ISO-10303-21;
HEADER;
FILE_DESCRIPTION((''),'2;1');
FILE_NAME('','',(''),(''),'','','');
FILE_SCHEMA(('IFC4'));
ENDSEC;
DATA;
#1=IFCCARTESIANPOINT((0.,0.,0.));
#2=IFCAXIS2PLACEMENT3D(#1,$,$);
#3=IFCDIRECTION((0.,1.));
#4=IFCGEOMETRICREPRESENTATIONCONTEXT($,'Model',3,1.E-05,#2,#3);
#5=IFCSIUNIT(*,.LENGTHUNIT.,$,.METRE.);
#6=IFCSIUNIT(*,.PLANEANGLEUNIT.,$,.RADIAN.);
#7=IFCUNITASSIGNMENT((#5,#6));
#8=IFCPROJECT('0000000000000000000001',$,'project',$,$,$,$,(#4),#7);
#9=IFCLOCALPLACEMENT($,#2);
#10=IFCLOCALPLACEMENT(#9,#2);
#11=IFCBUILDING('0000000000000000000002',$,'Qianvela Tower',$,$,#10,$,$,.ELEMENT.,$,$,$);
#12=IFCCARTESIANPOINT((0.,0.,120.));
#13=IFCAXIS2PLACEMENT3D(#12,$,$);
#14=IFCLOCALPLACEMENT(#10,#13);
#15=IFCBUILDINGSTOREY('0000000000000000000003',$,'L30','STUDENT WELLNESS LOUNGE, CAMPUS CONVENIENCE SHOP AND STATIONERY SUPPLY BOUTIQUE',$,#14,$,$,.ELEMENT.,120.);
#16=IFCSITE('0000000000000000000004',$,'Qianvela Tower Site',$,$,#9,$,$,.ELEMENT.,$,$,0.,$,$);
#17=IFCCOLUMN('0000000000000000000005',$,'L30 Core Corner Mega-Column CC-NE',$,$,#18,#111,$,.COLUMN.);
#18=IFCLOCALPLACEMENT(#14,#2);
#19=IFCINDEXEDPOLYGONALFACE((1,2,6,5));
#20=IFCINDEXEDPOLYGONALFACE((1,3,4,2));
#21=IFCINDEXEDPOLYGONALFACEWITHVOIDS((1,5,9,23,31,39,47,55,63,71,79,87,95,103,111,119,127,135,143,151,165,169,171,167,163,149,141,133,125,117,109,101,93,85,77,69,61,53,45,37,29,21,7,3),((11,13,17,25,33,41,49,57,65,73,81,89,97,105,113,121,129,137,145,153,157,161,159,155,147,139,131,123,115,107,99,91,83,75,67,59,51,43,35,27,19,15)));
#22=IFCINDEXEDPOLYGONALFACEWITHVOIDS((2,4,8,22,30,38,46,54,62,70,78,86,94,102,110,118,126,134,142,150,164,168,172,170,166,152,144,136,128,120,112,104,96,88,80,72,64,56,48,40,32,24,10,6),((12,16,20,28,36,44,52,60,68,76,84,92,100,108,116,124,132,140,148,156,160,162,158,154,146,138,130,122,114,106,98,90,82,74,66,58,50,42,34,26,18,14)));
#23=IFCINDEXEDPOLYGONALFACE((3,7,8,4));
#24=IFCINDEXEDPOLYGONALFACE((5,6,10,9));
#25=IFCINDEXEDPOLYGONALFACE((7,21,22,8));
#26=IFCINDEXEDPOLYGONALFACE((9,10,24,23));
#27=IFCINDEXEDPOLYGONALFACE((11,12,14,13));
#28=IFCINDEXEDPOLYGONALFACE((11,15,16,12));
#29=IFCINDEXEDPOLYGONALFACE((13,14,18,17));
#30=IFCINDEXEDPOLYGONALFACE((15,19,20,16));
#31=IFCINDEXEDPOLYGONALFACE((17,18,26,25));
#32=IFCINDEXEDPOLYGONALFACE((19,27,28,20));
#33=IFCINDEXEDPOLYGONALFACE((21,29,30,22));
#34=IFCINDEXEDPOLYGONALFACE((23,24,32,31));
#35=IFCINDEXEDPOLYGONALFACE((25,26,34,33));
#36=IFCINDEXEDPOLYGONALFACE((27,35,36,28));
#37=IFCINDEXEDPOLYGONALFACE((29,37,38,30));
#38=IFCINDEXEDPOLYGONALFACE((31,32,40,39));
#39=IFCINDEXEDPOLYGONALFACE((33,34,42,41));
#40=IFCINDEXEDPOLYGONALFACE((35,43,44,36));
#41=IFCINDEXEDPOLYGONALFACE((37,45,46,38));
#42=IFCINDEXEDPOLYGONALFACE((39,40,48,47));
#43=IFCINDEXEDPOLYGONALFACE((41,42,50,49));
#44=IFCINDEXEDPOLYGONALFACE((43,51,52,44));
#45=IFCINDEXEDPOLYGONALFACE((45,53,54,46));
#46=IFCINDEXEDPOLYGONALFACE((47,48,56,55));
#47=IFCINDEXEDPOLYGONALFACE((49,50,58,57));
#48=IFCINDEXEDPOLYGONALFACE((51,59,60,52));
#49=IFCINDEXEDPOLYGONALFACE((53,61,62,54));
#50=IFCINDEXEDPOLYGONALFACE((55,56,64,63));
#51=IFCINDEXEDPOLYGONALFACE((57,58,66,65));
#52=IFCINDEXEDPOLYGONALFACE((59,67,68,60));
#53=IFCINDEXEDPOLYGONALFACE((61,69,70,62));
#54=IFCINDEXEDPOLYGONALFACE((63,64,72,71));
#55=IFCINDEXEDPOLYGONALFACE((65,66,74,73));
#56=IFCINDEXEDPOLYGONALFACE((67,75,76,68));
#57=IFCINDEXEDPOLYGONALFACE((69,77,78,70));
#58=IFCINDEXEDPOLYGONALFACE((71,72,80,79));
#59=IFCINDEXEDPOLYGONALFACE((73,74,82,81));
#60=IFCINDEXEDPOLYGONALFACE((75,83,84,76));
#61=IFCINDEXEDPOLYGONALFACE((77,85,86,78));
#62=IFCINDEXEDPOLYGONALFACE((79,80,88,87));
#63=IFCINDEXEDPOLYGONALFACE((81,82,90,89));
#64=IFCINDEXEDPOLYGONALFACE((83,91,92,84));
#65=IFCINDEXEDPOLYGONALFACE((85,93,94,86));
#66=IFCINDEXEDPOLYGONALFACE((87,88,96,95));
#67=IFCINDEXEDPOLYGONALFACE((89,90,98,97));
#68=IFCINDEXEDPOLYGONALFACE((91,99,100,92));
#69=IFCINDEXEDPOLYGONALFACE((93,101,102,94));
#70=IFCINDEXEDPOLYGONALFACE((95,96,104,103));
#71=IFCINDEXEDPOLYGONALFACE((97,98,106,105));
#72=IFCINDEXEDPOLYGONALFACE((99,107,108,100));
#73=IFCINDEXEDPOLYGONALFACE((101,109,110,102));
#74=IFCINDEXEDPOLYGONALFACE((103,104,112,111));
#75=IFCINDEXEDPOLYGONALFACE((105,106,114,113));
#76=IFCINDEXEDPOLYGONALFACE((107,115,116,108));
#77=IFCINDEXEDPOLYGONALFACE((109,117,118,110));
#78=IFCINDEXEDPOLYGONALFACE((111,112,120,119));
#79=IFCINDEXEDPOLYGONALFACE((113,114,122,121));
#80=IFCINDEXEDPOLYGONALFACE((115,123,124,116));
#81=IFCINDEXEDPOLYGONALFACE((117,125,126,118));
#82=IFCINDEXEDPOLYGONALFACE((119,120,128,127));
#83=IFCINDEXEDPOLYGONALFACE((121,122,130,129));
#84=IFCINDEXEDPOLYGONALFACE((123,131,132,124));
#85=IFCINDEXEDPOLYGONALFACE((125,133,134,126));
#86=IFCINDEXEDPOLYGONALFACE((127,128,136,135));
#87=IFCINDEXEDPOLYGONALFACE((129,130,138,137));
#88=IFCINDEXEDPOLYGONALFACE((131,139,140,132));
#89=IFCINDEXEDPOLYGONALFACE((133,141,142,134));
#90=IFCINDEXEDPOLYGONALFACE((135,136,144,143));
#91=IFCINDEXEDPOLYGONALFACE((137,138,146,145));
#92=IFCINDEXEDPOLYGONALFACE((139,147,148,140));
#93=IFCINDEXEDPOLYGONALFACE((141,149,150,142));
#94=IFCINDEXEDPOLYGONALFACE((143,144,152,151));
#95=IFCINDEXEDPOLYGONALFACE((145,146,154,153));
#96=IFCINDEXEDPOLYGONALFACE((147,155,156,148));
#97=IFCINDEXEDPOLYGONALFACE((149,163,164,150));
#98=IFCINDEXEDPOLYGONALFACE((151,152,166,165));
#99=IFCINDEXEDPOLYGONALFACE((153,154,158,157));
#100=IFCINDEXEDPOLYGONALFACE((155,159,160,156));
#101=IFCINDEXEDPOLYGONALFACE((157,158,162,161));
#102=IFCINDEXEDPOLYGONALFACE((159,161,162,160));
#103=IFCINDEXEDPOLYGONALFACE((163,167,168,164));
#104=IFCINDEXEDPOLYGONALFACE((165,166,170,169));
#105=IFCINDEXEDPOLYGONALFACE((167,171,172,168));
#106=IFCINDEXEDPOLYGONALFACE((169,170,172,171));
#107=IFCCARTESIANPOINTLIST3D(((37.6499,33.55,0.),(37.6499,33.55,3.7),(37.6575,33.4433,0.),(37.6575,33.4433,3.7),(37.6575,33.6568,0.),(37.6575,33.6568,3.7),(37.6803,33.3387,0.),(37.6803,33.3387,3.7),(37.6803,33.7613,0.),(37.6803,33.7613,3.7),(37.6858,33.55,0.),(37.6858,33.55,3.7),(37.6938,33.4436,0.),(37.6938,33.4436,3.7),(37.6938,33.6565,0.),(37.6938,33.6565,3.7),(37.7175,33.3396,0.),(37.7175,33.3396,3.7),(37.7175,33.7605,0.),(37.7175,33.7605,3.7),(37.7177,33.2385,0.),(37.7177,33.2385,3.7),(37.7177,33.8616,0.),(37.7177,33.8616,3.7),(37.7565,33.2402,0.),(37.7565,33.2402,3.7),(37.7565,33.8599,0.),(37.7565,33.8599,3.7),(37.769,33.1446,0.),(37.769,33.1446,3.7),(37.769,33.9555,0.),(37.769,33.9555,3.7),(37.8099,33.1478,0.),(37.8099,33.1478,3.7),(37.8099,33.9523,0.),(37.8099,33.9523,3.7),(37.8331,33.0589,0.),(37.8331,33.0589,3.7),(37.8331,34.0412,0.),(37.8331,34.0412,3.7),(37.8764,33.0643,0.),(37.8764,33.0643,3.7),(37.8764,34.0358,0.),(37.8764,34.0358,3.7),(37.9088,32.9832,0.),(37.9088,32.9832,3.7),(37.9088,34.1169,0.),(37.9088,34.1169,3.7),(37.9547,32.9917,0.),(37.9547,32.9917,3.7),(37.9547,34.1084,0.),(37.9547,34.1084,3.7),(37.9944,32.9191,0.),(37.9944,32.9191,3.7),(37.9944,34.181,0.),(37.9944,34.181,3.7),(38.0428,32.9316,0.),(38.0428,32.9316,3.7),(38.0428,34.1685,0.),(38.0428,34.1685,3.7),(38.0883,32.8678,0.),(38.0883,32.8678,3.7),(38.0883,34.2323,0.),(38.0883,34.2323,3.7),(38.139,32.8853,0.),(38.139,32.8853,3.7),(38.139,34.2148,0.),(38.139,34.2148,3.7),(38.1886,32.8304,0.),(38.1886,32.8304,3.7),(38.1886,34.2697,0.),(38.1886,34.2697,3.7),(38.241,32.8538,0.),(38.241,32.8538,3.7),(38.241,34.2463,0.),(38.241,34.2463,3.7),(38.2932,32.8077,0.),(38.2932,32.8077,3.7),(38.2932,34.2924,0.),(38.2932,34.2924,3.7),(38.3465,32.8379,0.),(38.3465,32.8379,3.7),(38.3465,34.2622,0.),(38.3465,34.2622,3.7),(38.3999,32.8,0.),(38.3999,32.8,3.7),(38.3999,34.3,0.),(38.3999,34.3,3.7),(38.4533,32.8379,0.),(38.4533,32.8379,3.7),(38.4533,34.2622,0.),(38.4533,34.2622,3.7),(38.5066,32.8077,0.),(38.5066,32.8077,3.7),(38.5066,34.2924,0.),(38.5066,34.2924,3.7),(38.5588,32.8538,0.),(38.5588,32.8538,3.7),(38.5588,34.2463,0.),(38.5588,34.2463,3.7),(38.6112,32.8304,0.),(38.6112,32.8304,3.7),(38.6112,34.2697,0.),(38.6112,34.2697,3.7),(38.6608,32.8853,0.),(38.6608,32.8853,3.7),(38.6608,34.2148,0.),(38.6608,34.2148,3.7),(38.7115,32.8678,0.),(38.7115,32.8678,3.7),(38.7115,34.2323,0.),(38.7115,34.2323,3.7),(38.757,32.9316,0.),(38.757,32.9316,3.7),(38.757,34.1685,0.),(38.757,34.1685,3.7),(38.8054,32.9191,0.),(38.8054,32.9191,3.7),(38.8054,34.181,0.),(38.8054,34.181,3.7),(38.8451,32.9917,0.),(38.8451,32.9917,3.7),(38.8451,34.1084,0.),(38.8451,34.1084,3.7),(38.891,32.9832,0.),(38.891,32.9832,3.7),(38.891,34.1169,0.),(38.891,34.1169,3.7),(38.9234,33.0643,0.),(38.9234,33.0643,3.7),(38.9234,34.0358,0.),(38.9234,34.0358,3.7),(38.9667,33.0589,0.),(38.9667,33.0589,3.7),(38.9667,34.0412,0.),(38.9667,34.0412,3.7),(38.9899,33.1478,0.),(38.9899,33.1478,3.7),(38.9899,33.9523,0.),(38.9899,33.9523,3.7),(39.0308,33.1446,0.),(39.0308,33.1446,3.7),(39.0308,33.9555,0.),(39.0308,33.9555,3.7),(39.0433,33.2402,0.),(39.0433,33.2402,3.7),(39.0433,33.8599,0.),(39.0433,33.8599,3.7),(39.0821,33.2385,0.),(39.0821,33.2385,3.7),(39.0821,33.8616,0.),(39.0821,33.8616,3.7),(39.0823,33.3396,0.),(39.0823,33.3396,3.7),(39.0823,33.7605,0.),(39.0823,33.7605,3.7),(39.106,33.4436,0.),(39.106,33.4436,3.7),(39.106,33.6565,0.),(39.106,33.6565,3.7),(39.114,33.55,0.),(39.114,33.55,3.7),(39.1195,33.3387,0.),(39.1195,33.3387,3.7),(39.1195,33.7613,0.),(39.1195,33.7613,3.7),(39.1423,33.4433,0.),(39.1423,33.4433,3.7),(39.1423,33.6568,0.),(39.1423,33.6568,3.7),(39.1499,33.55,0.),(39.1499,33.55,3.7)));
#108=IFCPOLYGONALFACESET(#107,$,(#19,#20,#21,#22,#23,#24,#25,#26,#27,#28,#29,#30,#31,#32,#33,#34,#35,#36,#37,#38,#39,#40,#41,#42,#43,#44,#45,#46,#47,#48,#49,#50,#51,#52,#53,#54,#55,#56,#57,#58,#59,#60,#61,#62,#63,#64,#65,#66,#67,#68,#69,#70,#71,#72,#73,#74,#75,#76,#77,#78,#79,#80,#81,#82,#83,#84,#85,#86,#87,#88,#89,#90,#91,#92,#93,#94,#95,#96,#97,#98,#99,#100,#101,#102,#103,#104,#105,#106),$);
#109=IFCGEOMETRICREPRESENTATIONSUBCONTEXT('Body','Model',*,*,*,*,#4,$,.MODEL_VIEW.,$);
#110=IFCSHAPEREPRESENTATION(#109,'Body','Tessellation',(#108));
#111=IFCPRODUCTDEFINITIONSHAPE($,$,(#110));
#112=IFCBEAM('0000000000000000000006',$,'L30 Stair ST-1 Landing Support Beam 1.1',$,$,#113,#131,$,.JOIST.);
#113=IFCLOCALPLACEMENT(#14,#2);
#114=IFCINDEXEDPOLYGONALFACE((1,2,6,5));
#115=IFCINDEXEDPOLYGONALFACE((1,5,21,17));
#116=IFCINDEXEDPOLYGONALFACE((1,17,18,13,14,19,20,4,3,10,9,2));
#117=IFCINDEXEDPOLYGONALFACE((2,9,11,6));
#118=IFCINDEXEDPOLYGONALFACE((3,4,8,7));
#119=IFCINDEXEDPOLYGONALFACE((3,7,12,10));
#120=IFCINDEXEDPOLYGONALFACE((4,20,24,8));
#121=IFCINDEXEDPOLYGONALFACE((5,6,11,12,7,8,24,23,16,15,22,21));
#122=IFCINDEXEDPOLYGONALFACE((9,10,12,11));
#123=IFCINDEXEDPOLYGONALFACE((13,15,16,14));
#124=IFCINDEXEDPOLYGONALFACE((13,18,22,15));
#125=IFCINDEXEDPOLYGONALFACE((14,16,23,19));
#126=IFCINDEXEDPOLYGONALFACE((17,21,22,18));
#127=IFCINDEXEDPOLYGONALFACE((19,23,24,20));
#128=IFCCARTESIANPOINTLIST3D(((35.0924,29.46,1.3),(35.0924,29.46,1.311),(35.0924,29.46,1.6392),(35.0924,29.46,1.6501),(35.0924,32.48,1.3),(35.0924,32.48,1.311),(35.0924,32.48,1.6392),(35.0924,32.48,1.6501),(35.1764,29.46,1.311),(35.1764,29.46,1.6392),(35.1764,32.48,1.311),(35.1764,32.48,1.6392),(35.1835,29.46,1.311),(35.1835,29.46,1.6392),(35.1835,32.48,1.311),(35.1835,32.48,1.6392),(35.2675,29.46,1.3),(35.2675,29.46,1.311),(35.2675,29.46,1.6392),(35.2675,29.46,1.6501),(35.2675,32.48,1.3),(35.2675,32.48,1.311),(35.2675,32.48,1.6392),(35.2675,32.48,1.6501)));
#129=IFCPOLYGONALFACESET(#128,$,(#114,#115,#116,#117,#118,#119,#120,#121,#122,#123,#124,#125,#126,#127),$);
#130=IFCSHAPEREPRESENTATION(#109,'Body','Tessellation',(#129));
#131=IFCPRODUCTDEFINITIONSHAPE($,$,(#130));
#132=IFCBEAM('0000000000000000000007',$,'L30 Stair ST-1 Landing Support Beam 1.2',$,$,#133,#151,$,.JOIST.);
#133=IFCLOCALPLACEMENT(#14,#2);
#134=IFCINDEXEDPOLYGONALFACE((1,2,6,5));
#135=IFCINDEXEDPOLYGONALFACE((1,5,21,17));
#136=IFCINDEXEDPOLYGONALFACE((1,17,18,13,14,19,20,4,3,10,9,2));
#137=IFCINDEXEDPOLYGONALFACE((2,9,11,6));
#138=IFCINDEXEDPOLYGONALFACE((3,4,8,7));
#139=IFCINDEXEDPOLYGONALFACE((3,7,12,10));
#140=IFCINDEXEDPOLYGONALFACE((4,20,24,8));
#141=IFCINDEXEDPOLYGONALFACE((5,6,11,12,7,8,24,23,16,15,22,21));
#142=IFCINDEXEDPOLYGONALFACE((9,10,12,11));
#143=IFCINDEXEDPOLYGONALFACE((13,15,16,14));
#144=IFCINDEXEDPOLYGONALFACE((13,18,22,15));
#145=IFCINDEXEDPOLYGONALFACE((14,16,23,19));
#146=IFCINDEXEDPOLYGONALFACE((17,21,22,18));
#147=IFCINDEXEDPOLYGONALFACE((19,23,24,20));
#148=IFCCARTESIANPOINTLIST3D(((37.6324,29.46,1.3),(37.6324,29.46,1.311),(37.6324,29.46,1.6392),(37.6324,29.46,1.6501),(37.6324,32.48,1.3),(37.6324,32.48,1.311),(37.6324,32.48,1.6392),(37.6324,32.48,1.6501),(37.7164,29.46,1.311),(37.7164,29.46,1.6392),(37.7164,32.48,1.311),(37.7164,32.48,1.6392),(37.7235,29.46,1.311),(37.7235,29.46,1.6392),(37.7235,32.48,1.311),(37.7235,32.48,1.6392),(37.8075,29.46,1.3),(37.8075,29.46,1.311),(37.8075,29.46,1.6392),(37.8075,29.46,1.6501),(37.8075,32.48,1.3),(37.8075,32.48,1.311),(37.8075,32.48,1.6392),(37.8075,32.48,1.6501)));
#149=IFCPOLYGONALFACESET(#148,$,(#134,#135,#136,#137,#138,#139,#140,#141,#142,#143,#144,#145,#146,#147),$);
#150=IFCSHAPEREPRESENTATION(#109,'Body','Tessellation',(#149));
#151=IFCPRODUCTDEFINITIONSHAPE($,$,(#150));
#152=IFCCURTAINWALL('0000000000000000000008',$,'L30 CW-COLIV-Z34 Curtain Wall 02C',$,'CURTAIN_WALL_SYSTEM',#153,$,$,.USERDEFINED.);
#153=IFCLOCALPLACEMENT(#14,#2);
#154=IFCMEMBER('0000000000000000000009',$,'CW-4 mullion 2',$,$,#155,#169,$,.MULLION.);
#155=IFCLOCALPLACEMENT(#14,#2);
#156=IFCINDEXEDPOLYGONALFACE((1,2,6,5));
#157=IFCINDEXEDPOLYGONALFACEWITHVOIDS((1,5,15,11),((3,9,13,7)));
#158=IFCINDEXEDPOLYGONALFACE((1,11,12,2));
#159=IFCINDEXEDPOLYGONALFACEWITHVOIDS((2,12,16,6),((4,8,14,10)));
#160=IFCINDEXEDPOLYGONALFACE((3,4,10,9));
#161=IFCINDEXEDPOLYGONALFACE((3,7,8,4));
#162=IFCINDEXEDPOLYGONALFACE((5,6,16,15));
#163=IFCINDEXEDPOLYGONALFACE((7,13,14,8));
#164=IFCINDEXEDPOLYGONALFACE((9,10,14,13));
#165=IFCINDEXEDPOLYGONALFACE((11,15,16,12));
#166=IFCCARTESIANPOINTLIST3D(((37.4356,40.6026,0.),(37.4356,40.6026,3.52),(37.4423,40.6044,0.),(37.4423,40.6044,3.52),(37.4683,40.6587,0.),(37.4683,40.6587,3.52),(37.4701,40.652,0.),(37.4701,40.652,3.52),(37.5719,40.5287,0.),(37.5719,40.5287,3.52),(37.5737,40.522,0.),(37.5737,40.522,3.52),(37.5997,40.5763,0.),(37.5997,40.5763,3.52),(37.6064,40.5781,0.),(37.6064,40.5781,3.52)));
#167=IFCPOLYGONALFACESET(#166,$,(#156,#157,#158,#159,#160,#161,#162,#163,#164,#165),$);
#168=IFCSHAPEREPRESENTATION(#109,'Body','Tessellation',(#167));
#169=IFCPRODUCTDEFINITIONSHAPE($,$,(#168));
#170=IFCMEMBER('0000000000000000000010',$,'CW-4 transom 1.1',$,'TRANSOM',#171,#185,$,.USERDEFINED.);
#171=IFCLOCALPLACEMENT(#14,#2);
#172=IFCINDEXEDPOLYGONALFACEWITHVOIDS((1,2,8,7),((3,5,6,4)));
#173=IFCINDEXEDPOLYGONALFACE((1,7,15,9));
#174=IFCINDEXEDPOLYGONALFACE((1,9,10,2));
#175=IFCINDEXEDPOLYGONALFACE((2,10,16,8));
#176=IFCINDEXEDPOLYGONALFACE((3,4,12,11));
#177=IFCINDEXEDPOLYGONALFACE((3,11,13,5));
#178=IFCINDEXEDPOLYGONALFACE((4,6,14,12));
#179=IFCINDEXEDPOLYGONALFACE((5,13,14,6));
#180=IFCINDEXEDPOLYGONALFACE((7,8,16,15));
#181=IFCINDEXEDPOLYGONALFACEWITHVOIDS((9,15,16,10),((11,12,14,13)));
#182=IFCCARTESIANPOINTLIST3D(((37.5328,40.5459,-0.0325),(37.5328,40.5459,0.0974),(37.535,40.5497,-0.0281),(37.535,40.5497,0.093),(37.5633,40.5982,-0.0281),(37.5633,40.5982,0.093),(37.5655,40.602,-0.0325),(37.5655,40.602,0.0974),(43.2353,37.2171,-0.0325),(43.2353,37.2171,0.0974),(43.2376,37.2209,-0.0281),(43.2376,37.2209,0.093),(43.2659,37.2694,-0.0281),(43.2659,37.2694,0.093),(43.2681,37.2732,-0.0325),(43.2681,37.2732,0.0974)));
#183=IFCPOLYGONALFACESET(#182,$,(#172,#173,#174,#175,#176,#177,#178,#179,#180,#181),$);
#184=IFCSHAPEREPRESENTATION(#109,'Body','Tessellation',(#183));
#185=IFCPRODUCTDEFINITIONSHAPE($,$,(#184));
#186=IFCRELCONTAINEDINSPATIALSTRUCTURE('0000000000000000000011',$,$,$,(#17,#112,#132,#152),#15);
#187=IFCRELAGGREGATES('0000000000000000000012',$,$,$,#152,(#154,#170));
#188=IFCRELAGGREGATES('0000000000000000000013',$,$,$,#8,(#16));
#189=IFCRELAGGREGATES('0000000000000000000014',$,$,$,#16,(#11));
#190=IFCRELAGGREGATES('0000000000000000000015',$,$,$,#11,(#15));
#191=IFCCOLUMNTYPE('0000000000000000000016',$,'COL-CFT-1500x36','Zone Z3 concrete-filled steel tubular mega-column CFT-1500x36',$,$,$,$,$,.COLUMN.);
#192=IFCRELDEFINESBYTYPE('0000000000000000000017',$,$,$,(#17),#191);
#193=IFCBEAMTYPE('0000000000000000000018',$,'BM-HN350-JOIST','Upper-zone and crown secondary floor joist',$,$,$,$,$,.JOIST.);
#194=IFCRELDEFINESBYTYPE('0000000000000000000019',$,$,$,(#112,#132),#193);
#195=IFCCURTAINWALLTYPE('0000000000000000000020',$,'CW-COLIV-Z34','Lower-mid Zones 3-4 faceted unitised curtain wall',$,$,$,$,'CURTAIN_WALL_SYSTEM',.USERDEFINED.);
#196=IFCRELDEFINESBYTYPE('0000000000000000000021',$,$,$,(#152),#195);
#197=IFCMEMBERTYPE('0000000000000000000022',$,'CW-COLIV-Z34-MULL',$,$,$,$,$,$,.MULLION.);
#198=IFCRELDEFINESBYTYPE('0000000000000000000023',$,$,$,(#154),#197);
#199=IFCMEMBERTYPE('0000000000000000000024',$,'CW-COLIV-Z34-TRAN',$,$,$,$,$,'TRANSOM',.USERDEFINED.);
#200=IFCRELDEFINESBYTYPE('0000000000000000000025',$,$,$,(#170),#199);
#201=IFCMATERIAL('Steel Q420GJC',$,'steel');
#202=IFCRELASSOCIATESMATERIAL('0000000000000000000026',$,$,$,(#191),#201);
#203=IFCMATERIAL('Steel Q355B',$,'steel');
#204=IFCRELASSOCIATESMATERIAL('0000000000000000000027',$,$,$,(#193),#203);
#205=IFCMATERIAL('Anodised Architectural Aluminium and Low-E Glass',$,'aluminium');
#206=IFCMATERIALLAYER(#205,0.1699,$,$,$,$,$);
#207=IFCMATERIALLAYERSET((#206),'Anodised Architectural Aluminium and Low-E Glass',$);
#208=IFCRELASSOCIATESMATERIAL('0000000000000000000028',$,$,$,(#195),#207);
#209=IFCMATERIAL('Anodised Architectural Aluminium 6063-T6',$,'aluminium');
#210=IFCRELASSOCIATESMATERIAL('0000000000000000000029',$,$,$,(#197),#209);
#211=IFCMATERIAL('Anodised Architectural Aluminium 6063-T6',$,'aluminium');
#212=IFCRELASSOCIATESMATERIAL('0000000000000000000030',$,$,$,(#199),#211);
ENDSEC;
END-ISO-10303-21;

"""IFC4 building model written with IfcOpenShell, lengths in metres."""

from ifc_helpers import new_model, si_unit, direction, frame, origin, origin_2d, place, context, subcontext, project, spatial, hollow_rectangle, hollow_circle, i_section, extrude, material, layer, layer_set, material_profile, profile_set, type_object, element, aggregate, save


model = new_model("IFC4")

# Units and contexts
model_context = context("Model", 3, precision=1e-05, world=origin(), true_north=direction((0.0, 1.0)))
body_context = subcontext(model_context, "Body", "Model", "MODEL_VIEW")
ifc_project = project(units=[si_unit("LENGTHUNIT", "METRE"), si_unit("PLANEANGLEUNIT", "RADIAN")], contexts=[model_context])

# Site, building, storey
site_placement = place(None, origin())
site = spatial("IfcSite", under=ifc_project, at=site_placement, Name="Qianvela Tower Site", CompositionType="ELEMENT", RefElevation=0.0)
building_placement = place(site_placement, origin())
building = spatial("IfcBuilding", under=site, at=building_placement, Name="Qianvela Tower", CompositionType="ELEMENT")
storey_placement = place(building_placement, frame((0.0, 0.0, 120.0)))
storey = spatial("IfcBuildingStorey", under=building, at=storey_placement, Name="L30", Description="STUDENT WELLNESS LOUNGE, CAMPUS CONVENIENCE SHOP AND STATIONERY SUPPLY BOUTIQUE", CompositionType="ELEMENT", Elevation=120.0)

# Column
ifc_material_1 = material(Name="Steel Q420GJC", Category="steel")
ifc_material_profile_1 = material_profile(ifc_material_1, hollow_circle(Radius=0.75, WallThickness=0.0359, at=origin_2d()), Name="CFT-1500x36")
ifc_profile_set_1 = profile_set([ifc_material_profile_1], Name="Steel Q420GJC")
column_type = type_object("IfcColumnType", Name="COL-CFT-1500x36", Description="Zone Z3 concrete-filled steel tubular mega-column CFT-1500x36", PredefinedType="COLUMN", material=ifc_profile_set_1)
column_placement = place(storey_placement, frame((38.3999, 33.55, 0.0), z_axis=(0.0, 0.0, 1.0), x_axis=(1.0, 0.0, 0.0)))
element("IfcColumn", 1, at=column_placement, inside=storey, type_object=column_type, Name="L30 Core Corner Mega-Column CC-NE", PredefinedType="COLUMN", context=body_context, shape_type="SweptSolid", body=[
    extrude(hollow_circle(Radius=0.75, WallThickness=0.0359, at=origin_2d()), origin(), (0.0, 0.0, 1.0), 3.7),
])

# Beams
ifc_material_2 = material(Name="Steel Q355B", Category="steel")
ifc_material_profile_2 = material_profile(ifc_material_2, i_section(OverallWidth=0.175, OverallDepth=0.3501, WebThickness=0.0071, FlangeThickness=0.011, at=origin_2d()), Name="HN350x175x7x11")
ifc_profile_set_2 = profile_set([ifc_material_profile_2], Name="Steel Q355B")
beam_type = type_object("IfcBeamType", Name="BM-HN350-JOIST", Description="Upper-zone and crown secondary floor joist", PredefinedType="JOIST", material=ifc_profile_set_2)
for number, where, z_axis, x_axis, name in (
    (2, (35.1799, 29.46, 1.4751), (0.0, 1.0, 0.0), (-1.0, 0.0, 0.0), "L30 Stair ST-1 Landing Support Beam 1.1"),
    (3, (37.72, 29.46, 1.4751), (0.0, 1.0, 0.0), (-1.0, 0.0, 0.0), "L30 Stair ST-1 Landing Support Beam 1.2"),
):
    element("IfcBeam", number, at=place(storey_placement, frame(where, z_axis=z_axis, x_axis=x_axis)), inside=storey, type_object=beam_type, Name=name, PredefinedType="JOIST", context=body_context, shape_type="SweptSolid", body=[
        extrude(i_section(OverallWidth=0.175, OverallDepth=0.3501, WebThickness=0.0071, FlangeThickness=0.011, at=origin_2d()), origin(), (0.0, 0.0, 1.0), 3.02),
    ])

# Curtain wall, members
ifc_material_3 = material(Name="Anodised Architectural Aluminium and Low-E Glass", Category="aluminium")
ifc_layer_1 = layer(ifc_material_3, 0.1699)
ifc_layer_set_1 = layer_set([ifc_layer_1], Name="Anodised Architectural Aluminium and Low-E Glass")
curtain_wall_type = type_object("IfcCurtainWallType", Name="CW-COLIV-Z34", Description="Lower-mid Zones 3-4 faceted unitised curtain wall", ElementType="CURTAIN_WALL_SYSTEM", PredefinedType="USERDEFINED", material=ifc_layer_set_1)
curtain_wall_placement = place(storey_placement, origin())
curtain_wall = element("IfcCurtainWall", 4, at=curtain_wall_placement, inside=storey, type_object=curtain_wall_type, Name="L30 CW-COLIV-Z34 Curtain Wall 02C", ObjectType="CURTAIN_WALL_SYSTEM", PredefinedType="USERDEFINED")
ifc_material_4 = material(Name="Anodised Architectural Aluminium 6063-T6", Category="aluminium")
ifc_material_profile_3 = material_profile(ifc_material_4, hollow_rectangle(XDim=0.0649, YDim=0.1599, WallThickness=0.0049, at=origin_2d()), Name="ALU-MULL-65x160")
ifc_profile_set_3 = profile_set([ifc_material_profile_3], Name="Anodised Architectural Aluminium 6063-T6")
member_type_1 = type_object("IfcMemberType", Name="CW-COLIV-Z34-MULL", PredefinedType="MULLION", material=ifc_profile_set_3)
member_1_placement = place(storey_placement, frame((37.521, 40.5903, 0.0), z_axis=(0.0, 0.0, 1.0), x_axis=(-0.504123, -0.863632, 0.0)))
member_1 = element("IfcMember", 5, at=member_1_placement, type_object=member_type_1, Name="CW-4 mullion 2", PredefinedType="MULLION", context=body_context, shape_type="SweptSolid", body=[
    extrude(hollow_rectangle(XDim=0.0649, YDim=0.1599, WallThickness=0.0049, at=origin_2d()), origin(), (0.0, 0.0, 1.0), 3.52),
])
ifc_material_5 = material(Name="Anodised Architectural Aluminium 6063-T6", Category="aluminium")
ifc_material_profile_4 = material_profile(ifc_material_5, hollow_rectangle(XDim=0.0649, YDim=0.1299, WallThickness=0.0044, at=origin_2d()), Name="ALU-TRAN-65x130")
ifc_profile_set_4 = profile_set([ifc_material_profile_4], Name="Anodised Architectural Aluminium 6063-T6")
member_type_2 = type_object("IfcMemberType", Name="CW-COLIV-Z34-TRAN", ElementType="TRANSOM", PredefinedType="USERDEFINED", material=ifc_profile_set_4)
member_2_placement = place(storey_placement, frame((43.2517, 37.2451, 0.0325), z_axis=(-0.863626, 0.504133, 0.0), x_axis=(-0.504133, -0.863626, 0.0)))
member_2 = element("IfcMember", 6, at=member_2_placement, type_object=member_type_2, Name="CW-4 transom 1.1", ObjectType="TRANSOM", PredefinedType="USERDEFINED", context=body_context, shape_type="SweptSolid", body=[
    extrude(hollow_rectangle(XDim=0.0649, YDim=0.1299, WallThickness=0.0044, at=origin_2d()), origin(), (0.0, 0.0, 1.0), 6.603),
])
aggregate(curtain_wall, [member_1, member_2])

save(model, "model.ifc")
